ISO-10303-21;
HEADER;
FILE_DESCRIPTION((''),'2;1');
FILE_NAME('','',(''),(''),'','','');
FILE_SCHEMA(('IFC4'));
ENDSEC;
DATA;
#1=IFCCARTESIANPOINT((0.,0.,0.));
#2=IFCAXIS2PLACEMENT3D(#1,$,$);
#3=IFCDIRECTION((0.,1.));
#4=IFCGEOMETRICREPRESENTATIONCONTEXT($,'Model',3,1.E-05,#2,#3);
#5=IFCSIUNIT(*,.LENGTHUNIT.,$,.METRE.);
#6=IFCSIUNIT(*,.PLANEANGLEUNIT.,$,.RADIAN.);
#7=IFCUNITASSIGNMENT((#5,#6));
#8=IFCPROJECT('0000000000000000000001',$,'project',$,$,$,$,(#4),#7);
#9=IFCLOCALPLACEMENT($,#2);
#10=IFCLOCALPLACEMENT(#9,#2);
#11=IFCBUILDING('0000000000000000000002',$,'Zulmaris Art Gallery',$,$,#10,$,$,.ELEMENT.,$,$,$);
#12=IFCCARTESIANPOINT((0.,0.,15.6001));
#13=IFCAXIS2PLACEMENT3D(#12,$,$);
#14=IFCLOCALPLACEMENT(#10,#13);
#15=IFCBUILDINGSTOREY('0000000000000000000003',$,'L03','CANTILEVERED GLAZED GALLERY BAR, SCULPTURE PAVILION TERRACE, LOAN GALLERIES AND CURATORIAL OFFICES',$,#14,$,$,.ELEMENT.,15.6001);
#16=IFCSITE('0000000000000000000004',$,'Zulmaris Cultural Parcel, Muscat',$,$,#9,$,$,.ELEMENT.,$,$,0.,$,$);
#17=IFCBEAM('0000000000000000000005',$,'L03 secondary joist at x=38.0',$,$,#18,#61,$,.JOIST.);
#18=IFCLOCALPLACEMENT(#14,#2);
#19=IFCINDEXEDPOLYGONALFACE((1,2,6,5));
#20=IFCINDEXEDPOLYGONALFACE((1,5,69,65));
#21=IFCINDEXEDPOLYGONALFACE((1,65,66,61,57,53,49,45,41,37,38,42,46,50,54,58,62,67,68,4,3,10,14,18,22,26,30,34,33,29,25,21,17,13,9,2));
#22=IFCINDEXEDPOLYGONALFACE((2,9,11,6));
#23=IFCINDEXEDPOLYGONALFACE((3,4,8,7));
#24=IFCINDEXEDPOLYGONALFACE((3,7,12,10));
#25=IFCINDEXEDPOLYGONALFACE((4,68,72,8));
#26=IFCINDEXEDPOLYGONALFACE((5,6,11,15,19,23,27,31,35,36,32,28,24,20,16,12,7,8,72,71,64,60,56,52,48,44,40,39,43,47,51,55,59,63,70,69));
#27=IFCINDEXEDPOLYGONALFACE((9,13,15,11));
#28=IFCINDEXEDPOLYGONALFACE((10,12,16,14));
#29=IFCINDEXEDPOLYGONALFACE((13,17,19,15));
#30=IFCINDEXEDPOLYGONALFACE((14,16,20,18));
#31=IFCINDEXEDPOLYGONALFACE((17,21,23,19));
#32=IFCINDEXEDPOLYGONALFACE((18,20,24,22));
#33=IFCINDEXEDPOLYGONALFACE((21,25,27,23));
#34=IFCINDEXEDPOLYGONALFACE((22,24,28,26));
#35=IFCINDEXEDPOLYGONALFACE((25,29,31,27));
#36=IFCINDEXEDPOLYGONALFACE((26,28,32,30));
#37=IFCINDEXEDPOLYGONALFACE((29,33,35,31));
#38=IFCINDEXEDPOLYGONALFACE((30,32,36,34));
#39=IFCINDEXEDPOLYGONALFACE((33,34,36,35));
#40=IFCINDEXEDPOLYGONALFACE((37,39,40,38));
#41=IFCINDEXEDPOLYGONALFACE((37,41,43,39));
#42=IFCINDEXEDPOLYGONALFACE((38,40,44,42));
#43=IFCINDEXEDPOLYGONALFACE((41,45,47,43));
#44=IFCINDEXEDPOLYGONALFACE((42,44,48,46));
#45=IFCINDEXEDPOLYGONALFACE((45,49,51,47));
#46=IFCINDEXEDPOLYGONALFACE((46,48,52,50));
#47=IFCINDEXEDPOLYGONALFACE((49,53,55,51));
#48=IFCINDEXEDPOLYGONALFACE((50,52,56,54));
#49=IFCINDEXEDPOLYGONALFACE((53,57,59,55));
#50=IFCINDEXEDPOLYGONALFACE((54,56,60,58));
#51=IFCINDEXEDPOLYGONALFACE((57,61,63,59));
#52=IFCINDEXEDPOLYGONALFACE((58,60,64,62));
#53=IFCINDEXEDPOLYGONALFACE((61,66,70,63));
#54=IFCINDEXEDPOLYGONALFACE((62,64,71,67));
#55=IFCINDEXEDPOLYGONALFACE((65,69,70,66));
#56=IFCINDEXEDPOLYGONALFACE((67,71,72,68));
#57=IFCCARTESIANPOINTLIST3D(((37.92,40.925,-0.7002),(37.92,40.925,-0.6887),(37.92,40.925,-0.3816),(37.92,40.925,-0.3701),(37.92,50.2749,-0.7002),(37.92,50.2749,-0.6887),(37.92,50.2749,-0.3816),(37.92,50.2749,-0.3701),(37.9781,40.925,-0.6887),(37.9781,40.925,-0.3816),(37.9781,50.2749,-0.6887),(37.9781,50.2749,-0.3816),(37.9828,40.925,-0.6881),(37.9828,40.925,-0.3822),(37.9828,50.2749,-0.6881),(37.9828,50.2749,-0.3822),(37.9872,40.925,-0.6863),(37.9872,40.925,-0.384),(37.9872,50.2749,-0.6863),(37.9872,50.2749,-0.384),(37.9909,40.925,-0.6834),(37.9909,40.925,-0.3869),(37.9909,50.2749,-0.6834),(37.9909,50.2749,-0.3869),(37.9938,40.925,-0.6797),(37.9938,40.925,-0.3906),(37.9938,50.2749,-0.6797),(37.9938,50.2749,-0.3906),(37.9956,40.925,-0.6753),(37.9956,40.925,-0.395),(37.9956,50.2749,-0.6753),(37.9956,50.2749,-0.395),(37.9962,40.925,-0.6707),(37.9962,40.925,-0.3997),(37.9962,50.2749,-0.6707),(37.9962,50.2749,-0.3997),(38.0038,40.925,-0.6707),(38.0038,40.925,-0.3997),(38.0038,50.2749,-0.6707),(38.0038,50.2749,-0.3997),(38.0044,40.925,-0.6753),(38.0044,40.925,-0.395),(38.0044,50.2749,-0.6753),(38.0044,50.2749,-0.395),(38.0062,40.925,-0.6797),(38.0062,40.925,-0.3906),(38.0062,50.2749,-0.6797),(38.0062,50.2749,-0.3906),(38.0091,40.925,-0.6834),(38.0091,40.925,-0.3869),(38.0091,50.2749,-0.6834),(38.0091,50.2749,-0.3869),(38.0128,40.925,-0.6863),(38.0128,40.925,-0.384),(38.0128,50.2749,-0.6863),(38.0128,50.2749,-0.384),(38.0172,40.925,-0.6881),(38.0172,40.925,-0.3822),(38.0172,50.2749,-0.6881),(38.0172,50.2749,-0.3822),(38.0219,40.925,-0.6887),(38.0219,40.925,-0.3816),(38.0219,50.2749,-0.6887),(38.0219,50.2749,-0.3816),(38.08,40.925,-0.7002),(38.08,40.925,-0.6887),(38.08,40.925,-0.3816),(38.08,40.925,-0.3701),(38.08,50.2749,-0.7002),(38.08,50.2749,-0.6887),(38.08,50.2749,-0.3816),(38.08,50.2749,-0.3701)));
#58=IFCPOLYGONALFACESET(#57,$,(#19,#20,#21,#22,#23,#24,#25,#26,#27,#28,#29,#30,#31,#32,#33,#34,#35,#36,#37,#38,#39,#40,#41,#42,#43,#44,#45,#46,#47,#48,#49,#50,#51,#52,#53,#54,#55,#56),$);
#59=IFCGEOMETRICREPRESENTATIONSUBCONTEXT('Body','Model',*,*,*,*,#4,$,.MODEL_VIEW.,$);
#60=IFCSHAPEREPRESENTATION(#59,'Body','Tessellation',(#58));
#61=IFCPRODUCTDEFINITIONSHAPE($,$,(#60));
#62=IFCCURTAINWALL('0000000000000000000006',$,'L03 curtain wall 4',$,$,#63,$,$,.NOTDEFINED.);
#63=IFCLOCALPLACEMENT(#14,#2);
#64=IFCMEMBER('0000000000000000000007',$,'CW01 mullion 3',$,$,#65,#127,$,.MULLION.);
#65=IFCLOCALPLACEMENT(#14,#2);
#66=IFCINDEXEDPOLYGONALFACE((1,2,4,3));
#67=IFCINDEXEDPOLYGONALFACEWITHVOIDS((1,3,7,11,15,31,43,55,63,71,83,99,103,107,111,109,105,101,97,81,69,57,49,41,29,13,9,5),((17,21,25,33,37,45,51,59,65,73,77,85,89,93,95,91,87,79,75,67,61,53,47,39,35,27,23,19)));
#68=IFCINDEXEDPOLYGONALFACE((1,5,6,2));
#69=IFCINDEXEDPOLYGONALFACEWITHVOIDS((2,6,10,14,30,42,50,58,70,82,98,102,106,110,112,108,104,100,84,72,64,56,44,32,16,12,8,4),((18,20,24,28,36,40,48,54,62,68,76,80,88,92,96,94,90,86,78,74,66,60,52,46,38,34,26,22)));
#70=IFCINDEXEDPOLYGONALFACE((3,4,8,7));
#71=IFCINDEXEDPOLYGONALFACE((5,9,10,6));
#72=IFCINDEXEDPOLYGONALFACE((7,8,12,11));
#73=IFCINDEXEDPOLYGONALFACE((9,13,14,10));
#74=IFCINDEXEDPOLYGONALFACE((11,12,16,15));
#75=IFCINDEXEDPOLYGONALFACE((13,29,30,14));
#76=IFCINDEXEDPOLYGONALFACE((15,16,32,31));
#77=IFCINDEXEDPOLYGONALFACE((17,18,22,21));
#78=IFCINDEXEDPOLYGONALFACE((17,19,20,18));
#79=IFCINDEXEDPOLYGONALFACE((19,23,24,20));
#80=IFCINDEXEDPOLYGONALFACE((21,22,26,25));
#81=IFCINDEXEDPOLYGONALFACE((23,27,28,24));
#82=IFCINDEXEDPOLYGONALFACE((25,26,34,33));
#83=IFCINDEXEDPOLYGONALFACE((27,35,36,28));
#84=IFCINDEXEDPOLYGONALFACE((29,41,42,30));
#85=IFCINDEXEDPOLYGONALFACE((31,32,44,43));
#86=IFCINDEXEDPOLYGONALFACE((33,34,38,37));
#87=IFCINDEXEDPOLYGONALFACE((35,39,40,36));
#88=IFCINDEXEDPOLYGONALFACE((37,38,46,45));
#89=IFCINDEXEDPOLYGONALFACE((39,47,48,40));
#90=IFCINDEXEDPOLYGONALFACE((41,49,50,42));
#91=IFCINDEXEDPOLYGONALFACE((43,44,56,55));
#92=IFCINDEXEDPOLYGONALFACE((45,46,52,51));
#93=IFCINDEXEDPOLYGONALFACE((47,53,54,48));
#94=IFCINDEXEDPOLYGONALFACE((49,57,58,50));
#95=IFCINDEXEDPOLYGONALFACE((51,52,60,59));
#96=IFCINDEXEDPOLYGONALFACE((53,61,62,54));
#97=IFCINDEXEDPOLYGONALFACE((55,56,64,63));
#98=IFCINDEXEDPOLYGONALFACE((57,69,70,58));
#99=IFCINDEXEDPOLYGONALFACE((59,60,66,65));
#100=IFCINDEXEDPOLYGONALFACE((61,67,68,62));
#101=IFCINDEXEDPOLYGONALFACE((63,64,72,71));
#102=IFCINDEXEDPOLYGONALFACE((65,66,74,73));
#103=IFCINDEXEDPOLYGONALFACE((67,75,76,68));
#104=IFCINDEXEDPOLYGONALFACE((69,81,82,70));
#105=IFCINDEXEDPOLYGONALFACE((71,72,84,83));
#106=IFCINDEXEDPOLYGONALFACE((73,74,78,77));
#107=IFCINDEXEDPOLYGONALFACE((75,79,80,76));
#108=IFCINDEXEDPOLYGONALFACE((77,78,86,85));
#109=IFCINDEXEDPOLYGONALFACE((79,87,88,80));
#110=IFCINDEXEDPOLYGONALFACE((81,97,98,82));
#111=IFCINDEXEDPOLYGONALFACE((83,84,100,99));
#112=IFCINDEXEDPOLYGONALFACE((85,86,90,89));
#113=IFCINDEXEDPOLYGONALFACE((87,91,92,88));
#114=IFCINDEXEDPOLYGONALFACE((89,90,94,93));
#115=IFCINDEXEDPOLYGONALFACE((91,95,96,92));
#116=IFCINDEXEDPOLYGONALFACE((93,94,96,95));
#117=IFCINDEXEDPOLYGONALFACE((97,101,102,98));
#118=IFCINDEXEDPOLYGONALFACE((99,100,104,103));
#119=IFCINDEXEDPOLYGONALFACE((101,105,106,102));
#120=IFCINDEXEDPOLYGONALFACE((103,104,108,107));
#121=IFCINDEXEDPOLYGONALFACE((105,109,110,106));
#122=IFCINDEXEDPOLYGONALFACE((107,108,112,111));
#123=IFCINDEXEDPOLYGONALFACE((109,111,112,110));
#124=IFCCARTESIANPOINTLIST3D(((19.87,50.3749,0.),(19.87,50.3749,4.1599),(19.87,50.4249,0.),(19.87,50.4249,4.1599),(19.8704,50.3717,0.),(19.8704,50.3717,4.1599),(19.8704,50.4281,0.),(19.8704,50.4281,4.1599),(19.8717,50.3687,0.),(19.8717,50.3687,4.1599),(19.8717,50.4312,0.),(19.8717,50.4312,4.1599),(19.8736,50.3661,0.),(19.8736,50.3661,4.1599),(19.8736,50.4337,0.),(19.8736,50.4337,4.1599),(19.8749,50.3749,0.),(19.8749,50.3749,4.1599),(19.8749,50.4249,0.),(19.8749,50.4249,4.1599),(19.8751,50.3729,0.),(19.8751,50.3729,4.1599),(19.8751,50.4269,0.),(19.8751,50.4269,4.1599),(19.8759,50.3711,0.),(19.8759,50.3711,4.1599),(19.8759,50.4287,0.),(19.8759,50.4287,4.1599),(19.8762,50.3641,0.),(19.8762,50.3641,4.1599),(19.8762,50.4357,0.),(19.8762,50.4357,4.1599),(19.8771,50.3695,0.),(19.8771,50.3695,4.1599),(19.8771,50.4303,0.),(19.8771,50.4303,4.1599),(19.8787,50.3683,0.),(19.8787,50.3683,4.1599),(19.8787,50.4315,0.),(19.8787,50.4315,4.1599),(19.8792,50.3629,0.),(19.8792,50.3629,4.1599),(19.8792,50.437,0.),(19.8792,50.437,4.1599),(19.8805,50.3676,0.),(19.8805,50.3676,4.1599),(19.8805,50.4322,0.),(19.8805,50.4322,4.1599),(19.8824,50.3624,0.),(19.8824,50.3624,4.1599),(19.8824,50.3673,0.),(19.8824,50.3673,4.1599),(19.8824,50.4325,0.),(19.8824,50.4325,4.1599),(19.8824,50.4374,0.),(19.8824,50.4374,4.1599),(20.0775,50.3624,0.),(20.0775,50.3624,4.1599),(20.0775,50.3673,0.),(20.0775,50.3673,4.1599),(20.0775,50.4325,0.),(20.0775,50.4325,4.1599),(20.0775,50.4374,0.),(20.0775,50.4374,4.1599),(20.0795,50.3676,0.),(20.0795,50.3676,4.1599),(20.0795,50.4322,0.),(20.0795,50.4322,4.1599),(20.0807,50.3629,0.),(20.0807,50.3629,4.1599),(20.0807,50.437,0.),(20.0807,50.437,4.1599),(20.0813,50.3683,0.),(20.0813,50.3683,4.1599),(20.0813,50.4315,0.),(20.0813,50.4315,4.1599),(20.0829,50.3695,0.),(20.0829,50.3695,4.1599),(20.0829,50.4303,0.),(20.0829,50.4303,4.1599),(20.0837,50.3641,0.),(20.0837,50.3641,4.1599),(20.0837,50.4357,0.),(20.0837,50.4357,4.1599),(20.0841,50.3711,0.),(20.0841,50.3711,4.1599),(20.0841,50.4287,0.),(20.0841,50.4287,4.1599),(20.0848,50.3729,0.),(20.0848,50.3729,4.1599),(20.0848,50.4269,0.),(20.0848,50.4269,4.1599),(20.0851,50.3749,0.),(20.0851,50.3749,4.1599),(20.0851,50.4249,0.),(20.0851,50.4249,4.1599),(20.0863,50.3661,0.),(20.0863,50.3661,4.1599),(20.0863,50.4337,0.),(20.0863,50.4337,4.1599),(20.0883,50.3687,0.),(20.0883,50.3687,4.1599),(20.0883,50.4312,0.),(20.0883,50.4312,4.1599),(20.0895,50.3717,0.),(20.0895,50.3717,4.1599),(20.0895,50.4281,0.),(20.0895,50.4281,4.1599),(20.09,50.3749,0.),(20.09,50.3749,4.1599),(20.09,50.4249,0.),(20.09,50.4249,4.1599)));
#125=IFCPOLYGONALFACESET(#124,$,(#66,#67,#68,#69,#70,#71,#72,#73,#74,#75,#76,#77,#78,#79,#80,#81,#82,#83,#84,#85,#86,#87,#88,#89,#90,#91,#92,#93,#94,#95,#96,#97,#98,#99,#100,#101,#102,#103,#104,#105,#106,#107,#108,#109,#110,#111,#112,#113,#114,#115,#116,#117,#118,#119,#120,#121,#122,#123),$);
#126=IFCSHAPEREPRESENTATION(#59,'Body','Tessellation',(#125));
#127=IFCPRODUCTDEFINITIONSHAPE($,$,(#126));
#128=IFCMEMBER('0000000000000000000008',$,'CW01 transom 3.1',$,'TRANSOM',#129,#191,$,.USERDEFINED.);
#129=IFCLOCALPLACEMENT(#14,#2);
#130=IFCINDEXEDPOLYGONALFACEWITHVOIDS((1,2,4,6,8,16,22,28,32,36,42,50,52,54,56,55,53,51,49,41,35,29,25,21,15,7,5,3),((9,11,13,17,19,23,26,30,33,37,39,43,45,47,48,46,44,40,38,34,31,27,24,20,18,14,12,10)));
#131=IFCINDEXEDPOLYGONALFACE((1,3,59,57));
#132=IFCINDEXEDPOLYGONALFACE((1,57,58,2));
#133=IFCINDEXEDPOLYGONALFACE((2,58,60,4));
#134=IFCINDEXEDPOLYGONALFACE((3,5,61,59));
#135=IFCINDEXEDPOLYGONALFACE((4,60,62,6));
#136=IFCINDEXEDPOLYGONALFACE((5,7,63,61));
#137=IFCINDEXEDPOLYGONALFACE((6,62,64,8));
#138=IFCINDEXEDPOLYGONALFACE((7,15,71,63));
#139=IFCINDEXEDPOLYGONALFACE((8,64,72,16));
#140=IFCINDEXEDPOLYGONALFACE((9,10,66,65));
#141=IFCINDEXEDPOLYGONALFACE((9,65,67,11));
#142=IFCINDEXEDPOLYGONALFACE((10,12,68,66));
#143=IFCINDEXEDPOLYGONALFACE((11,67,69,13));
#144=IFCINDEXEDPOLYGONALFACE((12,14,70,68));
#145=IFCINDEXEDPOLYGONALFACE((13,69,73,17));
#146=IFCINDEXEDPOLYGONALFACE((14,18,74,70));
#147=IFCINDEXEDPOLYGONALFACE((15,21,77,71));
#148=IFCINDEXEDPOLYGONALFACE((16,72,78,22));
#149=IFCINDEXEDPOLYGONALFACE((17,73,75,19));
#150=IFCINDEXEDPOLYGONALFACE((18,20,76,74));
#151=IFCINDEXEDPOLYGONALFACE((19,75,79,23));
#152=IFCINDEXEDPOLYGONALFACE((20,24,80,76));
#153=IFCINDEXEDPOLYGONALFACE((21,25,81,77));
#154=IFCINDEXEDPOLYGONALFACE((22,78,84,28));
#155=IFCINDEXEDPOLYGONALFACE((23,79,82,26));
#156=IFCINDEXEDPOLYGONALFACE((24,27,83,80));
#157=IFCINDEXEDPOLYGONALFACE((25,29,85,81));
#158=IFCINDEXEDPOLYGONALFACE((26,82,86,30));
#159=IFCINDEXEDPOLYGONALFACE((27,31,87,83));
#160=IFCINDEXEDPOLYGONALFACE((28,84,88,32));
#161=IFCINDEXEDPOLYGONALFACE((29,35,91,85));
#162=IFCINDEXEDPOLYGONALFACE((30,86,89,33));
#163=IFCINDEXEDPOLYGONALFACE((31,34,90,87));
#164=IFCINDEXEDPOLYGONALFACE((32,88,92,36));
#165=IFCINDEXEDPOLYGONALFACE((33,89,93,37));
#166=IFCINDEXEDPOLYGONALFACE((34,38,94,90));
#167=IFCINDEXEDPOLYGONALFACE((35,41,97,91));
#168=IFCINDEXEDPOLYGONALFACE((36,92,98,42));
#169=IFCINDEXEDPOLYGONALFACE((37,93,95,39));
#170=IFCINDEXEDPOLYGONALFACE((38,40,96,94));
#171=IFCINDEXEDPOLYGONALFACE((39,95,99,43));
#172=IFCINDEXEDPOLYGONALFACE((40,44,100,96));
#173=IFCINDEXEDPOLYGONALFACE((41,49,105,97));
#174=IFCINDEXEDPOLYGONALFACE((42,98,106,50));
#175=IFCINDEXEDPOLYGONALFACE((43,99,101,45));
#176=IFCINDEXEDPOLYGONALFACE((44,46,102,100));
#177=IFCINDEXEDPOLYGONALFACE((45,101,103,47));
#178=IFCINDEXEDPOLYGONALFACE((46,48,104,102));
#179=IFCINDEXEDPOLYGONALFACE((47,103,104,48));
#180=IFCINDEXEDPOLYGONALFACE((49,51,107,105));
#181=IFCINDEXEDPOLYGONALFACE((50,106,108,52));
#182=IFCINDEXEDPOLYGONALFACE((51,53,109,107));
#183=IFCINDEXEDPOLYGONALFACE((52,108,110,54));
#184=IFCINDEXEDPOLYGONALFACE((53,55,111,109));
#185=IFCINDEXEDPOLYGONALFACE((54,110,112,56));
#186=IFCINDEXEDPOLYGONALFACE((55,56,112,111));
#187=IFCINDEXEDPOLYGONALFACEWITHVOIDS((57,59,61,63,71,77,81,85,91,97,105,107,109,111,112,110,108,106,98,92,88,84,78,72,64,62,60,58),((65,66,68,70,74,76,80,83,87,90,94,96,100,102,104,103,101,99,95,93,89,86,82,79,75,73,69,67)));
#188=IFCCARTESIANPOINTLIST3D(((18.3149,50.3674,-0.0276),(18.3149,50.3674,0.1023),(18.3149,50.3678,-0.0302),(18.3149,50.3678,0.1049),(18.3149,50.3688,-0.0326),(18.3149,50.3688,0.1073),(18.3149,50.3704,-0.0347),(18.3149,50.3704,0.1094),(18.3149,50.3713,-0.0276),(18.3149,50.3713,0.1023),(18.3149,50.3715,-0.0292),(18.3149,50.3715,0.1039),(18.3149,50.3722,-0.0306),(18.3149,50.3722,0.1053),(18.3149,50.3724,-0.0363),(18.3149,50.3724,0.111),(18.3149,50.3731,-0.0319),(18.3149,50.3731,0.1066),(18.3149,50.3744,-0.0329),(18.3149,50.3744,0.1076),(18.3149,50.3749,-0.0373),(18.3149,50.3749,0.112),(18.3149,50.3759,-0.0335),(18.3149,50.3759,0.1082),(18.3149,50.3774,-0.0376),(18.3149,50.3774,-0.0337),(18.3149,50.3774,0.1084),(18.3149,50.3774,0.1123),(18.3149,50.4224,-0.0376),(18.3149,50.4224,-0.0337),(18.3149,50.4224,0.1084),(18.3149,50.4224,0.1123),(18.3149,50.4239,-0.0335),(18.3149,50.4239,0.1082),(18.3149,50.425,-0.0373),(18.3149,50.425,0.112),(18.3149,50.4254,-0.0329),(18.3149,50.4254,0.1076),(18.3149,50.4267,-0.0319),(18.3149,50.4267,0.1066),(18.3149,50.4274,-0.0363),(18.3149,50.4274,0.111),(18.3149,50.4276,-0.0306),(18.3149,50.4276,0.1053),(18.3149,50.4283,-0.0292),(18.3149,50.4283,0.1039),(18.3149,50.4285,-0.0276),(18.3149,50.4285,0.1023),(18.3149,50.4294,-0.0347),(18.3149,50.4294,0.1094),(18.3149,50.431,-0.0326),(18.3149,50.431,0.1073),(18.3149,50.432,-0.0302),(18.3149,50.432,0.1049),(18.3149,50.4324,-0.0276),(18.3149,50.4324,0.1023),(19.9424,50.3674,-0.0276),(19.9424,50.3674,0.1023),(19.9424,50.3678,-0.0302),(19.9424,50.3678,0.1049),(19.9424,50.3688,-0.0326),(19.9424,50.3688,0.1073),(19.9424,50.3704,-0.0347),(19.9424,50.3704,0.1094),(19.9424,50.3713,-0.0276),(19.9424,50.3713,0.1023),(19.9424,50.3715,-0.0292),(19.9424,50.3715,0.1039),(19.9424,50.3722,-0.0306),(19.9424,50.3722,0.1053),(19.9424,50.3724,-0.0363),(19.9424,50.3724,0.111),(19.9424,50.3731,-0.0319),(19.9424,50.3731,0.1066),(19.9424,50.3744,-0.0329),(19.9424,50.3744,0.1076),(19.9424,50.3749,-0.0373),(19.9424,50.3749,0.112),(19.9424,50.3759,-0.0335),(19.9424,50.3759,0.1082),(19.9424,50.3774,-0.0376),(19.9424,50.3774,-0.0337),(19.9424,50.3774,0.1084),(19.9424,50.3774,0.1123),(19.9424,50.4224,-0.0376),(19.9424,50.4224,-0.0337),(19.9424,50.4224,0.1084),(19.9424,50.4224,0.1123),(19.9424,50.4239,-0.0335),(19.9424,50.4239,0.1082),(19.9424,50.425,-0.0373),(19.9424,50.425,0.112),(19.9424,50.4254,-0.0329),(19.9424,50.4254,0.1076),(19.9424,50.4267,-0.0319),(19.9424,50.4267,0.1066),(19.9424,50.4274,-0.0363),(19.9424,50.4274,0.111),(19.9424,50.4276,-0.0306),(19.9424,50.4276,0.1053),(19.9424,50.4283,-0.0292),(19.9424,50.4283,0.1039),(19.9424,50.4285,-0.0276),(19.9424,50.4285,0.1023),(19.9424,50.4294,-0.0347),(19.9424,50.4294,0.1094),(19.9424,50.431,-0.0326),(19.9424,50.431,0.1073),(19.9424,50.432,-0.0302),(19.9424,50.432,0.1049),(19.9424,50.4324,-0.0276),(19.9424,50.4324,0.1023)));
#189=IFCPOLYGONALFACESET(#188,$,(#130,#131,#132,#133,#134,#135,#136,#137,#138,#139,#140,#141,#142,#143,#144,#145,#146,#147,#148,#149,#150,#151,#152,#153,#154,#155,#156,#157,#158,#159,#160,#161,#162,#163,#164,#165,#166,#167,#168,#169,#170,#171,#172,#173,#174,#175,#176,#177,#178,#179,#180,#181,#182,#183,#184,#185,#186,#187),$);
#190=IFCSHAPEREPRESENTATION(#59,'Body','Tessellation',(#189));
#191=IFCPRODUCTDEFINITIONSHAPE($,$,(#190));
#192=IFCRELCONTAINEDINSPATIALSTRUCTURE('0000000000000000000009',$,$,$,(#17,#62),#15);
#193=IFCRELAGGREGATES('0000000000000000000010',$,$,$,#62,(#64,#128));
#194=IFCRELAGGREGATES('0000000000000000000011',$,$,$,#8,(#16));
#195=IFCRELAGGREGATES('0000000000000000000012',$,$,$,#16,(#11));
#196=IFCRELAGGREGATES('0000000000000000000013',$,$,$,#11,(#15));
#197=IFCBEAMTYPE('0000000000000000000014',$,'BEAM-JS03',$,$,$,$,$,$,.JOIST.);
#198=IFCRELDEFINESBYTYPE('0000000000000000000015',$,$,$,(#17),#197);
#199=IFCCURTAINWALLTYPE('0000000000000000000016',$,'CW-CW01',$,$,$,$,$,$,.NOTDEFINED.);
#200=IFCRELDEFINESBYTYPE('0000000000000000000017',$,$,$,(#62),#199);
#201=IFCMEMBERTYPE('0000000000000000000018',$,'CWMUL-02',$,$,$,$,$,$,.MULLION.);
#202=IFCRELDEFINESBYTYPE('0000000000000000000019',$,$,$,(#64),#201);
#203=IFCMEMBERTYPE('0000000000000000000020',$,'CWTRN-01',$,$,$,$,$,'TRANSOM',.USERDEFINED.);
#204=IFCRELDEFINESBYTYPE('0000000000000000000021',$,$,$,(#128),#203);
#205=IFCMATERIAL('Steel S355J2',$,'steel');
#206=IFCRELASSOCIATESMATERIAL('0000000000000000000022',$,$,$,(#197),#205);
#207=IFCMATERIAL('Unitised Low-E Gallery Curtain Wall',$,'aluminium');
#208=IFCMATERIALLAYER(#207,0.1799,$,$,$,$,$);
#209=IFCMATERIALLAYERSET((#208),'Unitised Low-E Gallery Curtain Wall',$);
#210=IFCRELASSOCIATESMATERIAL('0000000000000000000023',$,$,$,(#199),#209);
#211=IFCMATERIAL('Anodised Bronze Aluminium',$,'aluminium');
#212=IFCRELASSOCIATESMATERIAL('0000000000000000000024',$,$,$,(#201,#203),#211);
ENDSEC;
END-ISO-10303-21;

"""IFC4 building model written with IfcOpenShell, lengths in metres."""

from ifc_helpers import new_model, si_unit, direction, frame, origin, origin_2d, place, context, subcontext, project, spatial, hollow_rectangle, i_section, extrude, material, layer, layer_set, material_profile, profile_set, type_object, element, aggregate, save


model = new_model("IFC4")

# Units and contexts
model_context = context("Model", 3, precision=1e-05, world=origin(), true_north=direction((0.0, 1.0)))
body_context = subcontext(model_context, "Body", "Model", "MODEL_VIEW")
ifc_project = project(units=[si_unit("LENGTHUNIT", "METRE"), si_unit("PLANEANGLEUNIT", "RADIAN")], contexts=[model_context])

# Site, building, storey
site_placement = place(None, origin())
site = spatial("IfcSite", under=ifc_project, at=site_placement, Name="Zulmaris Cultural Parcel, Muscat", CompositionType="ELEMENT", RefElevation=0.0)
building_placement = place(site_placement, origin())
building = spatial("IfcBuilding", under=site, at=building_placement, Name="Zulmaris Art Gallery", CompositionType="ELEMENT")
storey_placement = place(building_placement, frame((0.0, 0.0, 15.6001)))
storey = spatial("IfcBuildingStorey", under=building, at=storey_placement, Name="L03", Description="CANTILEVERED GLAZED GALLERY BAR, SCULPTURE PAVILION TERRACE, LOAN GALLERIES AND CURATORIAL OFFICES", CompositionType="ELEMENT", Elevation=15.6001)

# Beam
ifc_material_1 = material(Name="Steel S355J2", Category="steel")
ifc_material_profile_1 = material_profile(ifc_material_1, i_section(OverallWidth=0.1599, OverallDepth=0.3301, WebThickness=0.0076, FlangeThickness=0.0115, FilletRadius=0.0181, at=origin_2d()), Name="IPE 330")
ifc_profile_set_1 = profile_set([ifc_material_profile_1], Name="Steel S355J2")
beam_type_1 = type_object("IfcBeamType", Name="BEAM-JS03", PredefinedType="JOIST", material=ifc_profile_set_1)
beam_1_placement = place(storey_placement, frame((38.0, 40.925, -0.5352), z_axis=(0.0, 1.0, 0.0), x_axis=(-1.0, 0.0, 0.0)))
element("IfcBeam", 1, at=beam_1_placement, inside=storey, type_object=beam_type_1, Name="L03 secondary joist at x=38.0", PredefinedType="JOIST", context=body_context, shape_type="SweptSolid", body=[
    extrude(i_section(OverallWidth=0.1599, OverallDepth=0.3301, WebThickness=0.0076, FlangeThickness=0.0115, FilletRadius=0.0181, at=origin_2d()), origin(), (0.0, 0.0, 1.0), 9.3499),
])

# Curtain wall, members
ifc_material_2 = material(Name="Unitised Low-E Gallery Curtain Wall", Category="aluminium")
ifc_layer_1 = layer(ifc_material_2, 0.1799)
ifc_layer_set_1 = layer_set([ifc_layer_1], Name="Unitised Low-E Gallery Curtain Wall")
curtain_wall_type = type_object("IfcCurtainWallType", Name="CW-CW01", PredefinedType="NOTDEFINED", material=ifc_layer_set_1)
curtain_wall_placement = place(storey_placement, origin())
curtain_wall = element("IfcCurtainWall", 2, at=curtain_wall_placement, inside=storey, type_object=curtain_wall_type, Name="L03 curtain wall 4", PredefinedType="NOTDEFINED")
ifc_material_3 = material(Name="Anodised Bronze Aluminium", Category="aluminium")
ifc_material_profile_2 = material_profile(ifc_material_3, hollow_rectangle(XDim=0.075, YDim=0.22, WallThickness=0.0049, InnerFilletRadius=0.0076, OuterFilletRadius=0.0125, at=origin_2d()), Name="ALU 75x220x5")
ifc_profile_set_2 = profile_set([ifc_material_profile_2], Name="Anodised Bronze Aluminium")
member_type_1 = type_object("IfcMemberType", Name="CWMUL-02", PredefinedType="MULLION", material=ifc_profile_set_2)
member_1_placement = place(storey_placement, frame((19.98, 50.3999, 0.0), z_axis=(0.0, 0.0, 1.0), x_axis=(0.0, -1.0, 0.0)))
member_1 = element("IfcMember", 3, at=member_1_placement, type_object=member_type_1, Name="CW01 mullion 3", PredefinedType="MULLION", context=body_context, shape_type="SweptSolid", body=[
    extrude(hollow_rectangle(XDim=0.075, YDim=0.22, WallThickness=0.0049, InnerFilletRadius=0.0076, OuterFilletRadius=0.0125, at=origin_2d()), origin(), (0.0, 0.0, 1.0), 4.1599),
])
ifc_material_profile_3 = material_profile(ifc_material_3, hollow_rectangle(XDim=0.0649, YDim=0.1499, WallThickness=0.0039, InnerFilletRadius=0.0061, OuterFilletRadius=0.01, at=origin_2d()), Name="ALU 65x150x4")
ifc_profile_set_3 = profile_set([ifc_material_profile_3], Name="Anodised Bronze Aluminium")
member_type_2 = type_object("IfcMemberType", Name="CWTRN-01", ElementType="TRANSOM", PredefinedType="USERDEFINED", material=ifc_profile_set_3)
member_2_placement = place(storey_placement, frame((19.9424, 50.3999, 0.0374), z_axis=(-1.0, 0.0, 0.0), x_axis=(0.0, -1.0, 0.0)))
member_2 = element("IfcMember", 4, at=member_2_placement, type_object=member_type_2, Name="CW01 transom 3.1", ObjectType="TRANSOM", PredefinedType="USERDEFINED", context=body_context, shape_type="SweptSolid", body=[
    extrude(hollow_rectangle(XDim=0.0649, YDim=0.1499, WallThickness=0.0039, InnerFilletRadius=0.0061, OuterFilletRadius=0.01, at=origin_2d()), origin(), (0.0, 0.0, 1.0), 1.6274),
])

aggregate(curtain_wall, [member_1, member_2])

save(model, "model.ifc")
